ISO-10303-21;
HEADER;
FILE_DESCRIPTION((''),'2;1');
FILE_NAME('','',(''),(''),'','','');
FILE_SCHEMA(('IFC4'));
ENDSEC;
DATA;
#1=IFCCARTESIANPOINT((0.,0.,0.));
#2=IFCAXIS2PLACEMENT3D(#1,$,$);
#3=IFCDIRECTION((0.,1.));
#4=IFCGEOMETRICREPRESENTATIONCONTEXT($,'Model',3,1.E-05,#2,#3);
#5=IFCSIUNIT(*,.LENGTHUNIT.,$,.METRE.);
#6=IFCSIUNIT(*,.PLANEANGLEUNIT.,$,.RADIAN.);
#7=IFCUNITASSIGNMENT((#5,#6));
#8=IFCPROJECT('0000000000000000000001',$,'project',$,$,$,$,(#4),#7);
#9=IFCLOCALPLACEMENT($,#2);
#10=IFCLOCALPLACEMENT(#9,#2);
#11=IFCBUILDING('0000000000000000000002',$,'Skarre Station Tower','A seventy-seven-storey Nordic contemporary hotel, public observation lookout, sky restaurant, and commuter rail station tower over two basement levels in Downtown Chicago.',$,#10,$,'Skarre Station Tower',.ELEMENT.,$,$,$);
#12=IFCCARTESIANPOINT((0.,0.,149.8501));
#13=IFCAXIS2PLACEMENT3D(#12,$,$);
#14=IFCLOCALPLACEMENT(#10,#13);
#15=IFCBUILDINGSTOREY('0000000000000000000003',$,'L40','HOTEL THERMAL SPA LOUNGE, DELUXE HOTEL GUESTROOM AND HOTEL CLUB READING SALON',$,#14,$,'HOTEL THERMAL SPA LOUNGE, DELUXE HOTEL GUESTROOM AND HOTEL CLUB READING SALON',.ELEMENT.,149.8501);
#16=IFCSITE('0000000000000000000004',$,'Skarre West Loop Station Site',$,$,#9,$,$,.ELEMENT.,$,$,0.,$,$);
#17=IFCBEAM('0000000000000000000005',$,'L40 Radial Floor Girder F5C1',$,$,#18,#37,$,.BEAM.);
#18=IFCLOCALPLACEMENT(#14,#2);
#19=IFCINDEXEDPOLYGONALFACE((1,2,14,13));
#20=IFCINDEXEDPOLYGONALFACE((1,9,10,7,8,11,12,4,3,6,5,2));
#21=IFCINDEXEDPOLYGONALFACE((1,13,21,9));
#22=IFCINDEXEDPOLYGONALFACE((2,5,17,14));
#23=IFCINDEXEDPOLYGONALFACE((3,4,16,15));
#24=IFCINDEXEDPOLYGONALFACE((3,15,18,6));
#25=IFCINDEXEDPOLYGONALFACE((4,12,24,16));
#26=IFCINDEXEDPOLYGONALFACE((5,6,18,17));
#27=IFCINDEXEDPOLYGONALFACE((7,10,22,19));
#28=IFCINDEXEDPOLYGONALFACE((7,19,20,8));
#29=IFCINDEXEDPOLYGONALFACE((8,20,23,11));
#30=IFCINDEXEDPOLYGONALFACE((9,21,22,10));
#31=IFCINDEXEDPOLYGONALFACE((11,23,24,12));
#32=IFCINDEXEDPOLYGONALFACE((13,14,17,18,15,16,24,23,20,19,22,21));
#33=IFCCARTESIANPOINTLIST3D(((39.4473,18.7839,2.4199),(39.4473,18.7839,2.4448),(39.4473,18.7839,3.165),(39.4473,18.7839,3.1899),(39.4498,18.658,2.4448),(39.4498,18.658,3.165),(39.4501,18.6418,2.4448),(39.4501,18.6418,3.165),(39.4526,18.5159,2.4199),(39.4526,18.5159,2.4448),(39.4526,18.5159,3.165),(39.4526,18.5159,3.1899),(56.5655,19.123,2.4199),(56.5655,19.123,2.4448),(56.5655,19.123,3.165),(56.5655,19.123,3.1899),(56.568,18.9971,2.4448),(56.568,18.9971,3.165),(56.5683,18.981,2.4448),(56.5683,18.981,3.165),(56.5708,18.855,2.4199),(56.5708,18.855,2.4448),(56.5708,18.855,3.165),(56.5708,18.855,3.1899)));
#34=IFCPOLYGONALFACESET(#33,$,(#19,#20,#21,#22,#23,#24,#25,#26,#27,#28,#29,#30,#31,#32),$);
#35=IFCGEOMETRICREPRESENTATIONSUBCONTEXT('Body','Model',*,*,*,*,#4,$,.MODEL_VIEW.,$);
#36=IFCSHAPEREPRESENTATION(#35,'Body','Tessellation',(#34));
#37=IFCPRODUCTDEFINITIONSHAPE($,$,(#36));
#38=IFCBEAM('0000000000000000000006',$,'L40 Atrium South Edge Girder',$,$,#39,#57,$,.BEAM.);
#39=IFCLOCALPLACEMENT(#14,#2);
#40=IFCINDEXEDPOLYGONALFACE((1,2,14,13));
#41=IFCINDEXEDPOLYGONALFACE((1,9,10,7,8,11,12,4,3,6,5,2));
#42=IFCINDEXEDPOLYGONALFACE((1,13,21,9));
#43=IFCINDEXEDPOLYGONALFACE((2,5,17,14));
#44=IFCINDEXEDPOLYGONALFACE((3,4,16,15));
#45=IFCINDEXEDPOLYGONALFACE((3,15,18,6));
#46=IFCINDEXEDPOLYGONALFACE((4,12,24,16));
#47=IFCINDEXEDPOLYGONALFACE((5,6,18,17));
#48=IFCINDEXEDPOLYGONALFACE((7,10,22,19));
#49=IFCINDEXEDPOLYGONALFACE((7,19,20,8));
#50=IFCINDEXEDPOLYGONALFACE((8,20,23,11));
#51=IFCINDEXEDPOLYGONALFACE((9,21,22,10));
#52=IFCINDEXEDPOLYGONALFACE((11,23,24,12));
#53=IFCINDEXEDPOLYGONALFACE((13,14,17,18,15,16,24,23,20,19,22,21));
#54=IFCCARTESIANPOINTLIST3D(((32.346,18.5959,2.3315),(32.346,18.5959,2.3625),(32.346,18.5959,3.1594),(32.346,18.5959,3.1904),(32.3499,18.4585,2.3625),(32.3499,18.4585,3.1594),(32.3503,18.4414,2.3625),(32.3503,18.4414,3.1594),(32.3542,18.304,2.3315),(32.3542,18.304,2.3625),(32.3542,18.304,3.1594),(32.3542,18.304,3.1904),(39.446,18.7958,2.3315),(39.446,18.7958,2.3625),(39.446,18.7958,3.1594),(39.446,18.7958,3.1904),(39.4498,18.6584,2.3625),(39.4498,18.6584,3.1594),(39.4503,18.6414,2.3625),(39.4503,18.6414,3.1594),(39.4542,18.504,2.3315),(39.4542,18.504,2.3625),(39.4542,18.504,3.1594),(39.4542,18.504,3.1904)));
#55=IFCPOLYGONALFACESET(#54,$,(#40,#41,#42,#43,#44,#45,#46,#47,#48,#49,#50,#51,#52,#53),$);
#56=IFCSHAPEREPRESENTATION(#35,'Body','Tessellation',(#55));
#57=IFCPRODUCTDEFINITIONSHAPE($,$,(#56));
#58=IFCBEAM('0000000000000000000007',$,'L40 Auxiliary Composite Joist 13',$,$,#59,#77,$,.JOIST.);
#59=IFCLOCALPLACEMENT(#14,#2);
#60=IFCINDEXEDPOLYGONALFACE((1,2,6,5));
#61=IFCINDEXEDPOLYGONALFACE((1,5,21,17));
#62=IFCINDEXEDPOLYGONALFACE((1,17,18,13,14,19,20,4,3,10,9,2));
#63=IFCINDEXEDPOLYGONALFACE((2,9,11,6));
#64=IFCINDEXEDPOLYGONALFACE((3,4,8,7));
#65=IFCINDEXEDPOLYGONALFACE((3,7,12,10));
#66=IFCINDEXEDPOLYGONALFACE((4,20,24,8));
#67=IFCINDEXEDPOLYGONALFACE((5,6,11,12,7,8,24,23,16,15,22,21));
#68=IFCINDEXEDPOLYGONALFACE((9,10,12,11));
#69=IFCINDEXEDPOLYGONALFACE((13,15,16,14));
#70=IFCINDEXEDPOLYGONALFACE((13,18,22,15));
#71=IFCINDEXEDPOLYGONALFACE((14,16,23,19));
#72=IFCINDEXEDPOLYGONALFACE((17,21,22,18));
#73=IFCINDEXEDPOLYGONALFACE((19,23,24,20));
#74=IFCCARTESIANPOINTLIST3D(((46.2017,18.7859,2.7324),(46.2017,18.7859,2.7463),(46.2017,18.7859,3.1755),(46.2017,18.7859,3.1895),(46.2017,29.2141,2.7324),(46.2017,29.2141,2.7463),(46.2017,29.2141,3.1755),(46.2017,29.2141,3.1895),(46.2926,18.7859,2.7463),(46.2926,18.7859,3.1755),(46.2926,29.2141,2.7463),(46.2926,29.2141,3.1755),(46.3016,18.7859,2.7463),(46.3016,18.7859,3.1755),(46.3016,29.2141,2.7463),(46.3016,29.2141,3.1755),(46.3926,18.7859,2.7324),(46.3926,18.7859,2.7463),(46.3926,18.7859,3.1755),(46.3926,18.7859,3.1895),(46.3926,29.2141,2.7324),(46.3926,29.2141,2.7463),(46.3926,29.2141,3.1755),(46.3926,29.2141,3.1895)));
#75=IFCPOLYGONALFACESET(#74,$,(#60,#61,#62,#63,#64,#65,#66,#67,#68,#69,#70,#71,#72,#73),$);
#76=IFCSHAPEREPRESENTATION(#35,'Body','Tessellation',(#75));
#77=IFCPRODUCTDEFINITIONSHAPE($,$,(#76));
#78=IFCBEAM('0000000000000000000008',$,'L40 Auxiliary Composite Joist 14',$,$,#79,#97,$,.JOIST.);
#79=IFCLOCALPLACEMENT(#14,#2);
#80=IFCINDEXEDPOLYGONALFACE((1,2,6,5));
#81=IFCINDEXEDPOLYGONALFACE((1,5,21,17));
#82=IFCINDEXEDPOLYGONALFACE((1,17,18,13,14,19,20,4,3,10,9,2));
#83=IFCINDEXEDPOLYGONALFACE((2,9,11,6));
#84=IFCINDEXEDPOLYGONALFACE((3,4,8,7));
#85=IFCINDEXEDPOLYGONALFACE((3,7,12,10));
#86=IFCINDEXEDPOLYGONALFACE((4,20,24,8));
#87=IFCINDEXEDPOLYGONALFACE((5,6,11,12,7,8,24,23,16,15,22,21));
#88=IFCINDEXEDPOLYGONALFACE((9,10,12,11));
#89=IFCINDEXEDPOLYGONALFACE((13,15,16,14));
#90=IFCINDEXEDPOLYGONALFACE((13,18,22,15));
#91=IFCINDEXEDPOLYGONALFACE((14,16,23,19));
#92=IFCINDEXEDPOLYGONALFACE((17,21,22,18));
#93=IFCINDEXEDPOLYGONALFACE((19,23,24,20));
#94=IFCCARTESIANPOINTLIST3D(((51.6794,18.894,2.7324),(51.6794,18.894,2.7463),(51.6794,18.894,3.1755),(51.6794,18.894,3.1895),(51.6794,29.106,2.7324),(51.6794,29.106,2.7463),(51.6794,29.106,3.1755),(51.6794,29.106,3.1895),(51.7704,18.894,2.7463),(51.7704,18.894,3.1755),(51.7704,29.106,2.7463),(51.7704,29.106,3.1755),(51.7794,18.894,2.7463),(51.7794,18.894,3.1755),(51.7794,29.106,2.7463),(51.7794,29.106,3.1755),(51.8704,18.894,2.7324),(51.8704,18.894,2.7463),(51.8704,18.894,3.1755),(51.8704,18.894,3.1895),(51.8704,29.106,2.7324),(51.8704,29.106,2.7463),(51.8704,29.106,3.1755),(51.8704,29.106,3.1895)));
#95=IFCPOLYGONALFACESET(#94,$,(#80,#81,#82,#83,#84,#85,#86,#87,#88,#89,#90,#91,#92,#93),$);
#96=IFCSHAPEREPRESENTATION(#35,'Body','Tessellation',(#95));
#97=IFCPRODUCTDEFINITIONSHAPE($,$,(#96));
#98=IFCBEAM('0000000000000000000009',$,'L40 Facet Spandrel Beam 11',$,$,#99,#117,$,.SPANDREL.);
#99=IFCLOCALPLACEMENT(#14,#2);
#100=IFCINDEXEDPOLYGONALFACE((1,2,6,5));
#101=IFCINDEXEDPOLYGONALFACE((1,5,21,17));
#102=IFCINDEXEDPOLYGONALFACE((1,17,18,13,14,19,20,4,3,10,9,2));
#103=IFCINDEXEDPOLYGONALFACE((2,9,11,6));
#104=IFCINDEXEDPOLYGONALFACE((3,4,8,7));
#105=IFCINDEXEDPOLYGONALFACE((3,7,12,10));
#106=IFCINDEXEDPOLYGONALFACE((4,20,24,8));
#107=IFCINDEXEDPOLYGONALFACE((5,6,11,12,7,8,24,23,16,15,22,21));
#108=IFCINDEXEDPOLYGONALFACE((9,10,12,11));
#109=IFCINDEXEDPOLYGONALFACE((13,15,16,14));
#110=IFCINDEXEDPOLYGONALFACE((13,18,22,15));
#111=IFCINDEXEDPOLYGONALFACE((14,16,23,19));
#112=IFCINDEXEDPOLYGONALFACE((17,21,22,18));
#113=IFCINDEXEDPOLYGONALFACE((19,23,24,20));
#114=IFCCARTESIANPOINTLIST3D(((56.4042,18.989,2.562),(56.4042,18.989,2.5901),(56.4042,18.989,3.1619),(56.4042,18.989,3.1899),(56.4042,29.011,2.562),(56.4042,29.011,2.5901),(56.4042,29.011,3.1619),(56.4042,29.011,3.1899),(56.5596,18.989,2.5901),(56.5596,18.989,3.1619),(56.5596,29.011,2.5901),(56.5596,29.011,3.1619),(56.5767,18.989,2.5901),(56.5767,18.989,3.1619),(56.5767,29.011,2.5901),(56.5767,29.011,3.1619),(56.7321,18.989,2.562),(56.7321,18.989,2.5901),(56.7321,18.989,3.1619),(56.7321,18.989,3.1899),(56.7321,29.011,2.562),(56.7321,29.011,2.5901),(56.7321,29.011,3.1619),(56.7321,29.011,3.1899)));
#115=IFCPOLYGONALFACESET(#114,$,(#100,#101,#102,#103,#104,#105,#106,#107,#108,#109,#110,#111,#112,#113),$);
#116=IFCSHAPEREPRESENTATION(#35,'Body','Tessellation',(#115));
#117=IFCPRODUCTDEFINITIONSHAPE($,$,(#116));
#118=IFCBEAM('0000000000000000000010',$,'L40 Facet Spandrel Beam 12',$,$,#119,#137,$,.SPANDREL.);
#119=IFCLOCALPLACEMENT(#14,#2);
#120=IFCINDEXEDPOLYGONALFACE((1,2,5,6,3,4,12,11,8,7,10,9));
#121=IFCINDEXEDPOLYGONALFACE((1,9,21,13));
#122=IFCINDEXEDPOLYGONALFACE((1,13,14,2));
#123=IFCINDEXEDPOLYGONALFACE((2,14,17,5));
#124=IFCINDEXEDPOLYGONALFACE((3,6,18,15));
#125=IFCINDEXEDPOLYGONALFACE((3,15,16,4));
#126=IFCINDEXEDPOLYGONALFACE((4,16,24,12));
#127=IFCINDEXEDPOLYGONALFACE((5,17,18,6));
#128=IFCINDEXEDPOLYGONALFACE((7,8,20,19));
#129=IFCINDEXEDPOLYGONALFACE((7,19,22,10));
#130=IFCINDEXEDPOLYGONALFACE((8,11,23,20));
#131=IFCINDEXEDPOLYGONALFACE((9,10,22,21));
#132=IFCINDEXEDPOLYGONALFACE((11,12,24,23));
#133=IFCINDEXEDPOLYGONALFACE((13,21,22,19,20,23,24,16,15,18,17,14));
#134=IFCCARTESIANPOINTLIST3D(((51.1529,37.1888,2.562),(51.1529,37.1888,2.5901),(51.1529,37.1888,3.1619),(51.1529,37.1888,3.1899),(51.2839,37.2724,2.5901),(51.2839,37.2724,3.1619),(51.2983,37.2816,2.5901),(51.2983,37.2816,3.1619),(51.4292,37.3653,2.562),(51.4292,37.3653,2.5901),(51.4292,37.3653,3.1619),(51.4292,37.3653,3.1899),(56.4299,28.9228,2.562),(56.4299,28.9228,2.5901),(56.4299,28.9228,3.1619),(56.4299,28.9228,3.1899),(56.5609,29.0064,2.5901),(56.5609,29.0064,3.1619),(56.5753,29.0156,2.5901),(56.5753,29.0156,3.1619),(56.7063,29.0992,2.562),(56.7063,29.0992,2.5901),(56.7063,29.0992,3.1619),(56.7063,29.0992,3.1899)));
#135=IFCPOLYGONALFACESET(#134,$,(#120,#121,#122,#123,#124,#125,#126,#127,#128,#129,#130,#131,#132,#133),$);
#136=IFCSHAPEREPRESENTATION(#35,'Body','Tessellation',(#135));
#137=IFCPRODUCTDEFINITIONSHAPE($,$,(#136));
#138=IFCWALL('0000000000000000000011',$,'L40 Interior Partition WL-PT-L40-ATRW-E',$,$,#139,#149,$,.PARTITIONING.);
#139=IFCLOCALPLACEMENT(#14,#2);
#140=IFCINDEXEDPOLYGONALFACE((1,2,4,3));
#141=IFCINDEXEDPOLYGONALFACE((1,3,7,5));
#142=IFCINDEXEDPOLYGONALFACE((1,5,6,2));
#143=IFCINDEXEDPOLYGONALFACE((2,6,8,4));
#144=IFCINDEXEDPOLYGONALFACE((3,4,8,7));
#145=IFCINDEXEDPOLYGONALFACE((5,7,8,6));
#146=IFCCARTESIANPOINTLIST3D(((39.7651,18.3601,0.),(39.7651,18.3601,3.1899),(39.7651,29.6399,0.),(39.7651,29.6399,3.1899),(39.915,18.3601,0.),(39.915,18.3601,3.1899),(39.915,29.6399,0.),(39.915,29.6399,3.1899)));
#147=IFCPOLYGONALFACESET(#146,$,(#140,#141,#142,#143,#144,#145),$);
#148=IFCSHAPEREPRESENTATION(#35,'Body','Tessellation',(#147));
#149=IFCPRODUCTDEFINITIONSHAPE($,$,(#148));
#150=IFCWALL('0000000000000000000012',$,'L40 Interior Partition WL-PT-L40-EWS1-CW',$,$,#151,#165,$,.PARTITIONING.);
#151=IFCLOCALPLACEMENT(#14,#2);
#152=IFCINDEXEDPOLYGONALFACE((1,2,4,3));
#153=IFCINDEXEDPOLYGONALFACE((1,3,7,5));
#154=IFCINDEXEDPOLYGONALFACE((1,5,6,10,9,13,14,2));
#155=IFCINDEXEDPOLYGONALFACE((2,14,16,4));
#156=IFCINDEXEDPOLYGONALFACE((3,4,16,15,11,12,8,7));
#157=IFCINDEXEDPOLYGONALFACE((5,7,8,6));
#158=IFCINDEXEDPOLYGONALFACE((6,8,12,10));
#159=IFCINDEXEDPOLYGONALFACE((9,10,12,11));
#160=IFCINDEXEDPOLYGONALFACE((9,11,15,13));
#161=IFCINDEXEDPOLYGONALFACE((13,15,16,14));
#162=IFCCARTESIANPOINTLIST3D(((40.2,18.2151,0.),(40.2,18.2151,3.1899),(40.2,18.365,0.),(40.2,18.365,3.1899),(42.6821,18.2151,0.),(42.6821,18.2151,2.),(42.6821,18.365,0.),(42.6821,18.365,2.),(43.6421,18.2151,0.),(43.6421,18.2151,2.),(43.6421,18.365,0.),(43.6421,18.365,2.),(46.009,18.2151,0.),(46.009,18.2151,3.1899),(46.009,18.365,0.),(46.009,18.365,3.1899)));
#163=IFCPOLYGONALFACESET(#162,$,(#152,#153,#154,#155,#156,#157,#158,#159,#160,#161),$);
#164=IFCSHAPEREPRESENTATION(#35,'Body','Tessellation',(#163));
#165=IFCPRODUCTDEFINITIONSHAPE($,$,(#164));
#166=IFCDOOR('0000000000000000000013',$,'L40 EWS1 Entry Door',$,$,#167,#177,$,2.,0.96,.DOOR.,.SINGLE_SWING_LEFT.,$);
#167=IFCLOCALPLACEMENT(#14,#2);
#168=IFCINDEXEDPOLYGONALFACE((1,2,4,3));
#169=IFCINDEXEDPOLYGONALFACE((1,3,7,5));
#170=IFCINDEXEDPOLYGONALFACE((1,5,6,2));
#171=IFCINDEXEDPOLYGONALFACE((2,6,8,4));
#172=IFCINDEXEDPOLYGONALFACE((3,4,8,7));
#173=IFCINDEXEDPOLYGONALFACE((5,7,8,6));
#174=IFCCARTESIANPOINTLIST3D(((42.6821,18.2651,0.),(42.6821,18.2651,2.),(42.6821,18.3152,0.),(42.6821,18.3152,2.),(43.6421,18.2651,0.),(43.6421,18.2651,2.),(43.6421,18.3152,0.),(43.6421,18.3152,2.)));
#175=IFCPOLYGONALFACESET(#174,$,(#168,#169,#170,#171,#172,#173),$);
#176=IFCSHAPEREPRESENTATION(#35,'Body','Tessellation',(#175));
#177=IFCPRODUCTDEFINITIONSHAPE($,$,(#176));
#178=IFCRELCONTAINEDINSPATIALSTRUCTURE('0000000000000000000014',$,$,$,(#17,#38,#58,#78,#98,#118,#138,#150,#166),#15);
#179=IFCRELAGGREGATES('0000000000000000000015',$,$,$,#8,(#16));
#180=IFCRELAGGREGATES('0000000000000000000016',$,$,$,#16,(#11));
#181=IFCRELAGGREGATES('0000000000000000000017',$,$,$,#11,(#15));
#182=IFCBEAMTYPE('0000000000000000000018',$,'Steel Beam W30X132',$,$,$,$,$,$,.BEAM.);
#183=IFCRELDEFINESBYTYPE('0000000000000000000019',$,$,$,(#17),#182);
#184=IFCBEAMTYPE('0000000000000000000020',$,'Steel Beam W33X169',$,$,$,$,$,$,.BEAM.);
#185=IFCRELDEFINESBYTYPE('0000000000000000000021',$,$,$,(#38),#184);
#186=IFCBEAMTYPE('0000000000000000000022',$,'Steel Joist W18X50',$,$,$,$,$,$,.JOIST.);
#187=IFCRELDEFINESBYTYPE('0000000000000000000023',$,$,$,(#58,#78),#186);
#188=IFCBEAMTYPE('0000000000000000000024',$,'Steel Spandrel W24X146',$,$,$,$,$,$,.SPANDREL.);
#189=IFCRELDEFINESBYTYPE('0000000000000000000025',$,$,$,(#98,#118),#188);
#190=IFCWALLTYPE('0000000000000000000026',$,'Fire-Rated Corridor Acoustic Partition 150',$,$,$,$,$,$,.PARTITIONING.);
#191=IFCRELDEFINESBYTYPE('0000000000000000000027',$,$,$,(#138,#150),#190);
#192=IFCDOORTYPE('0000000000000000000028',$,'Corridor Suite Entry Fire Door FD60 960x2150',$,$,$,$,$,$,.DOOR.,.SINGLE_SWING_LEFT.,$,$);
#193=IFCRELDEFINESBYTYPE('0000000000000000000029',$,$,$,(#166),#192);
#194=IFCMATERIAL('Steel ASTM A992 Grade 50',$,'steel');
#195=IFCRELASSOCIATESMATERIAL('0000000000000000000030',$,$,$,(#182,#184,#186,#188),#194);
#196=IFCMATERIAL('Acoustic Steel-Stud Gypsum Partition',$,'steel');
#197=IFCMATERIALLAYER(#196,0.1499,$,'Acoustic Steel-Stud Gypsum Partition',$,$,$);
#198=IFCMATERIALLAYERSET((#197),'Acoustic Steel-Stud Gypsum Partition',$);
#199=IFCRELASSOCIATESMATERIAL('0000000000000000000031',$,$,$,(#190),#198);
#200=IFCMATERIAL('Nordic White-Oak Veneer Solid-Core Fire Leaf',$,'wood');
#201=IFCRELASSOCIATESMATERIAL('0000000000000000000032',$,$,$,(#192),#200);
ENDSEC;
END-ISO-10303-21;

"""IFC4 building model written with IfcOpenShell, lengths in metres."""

from ifc_helpers import new_model, si_unit, direction, frame, frame_2d, origin, origin_2d, place, context, subcontext, project, spatial, rectangle, i_section, extrude, material, layer, layer_set, material_profile, profile_set, type_object, element, fill, save


model = new_model("IFC4")

# Units and contexts
model_context = context("Model", 3, precision=1e-05, world=origin(), true_north=direction((0.0, 1.0)))
body_context = subcontext(model_context, "Body", "Model", "MODEL_VIEW")
ifc_project = project(units=[si_unit("LENGTHUNIT", "METRE"), si_unit("PLANEANGLEUNIT", "RADIAN")], contexts=[model_context])

# Site, building, storey
site_placement = place(None, origin())
site = spatial("IfcSite", under=ifc_project, at=site_placement, Name="Skarre West Loop Station Site", CompositionType="ELEMENT", RefElevation=0.0)
building_placement = place(site_placement, origin())
building = spatial("IfcBuilding", under=site, at=building_placement, Name="Skarre Station Tower", Description="A seventy-seven-storey Nordic contemporary hotel, public observation lookout, sky restaurant, and commuter rail station tower over two basement levels in Downtown Chicago.", LongName="Skarre Station Tower", CompositionType="ELEMENT")
storey_placement = place(building_placement, frame((0.0, 0.0, 149.8501)))
storey = spatial("IfcBuildingStorey", under=building, at=storey_placement, Name="L40", Description="HOTEL THERMAL SPA LOUNGE, DELUXE HOTEL GUESTROOM AND HOTEL CLUB READING SALON", LongName="HOTEL THERMAL SPA LOUNGE, DELUXE HOTEL GUESTROOM AND HOTEL CLUB READING SALON", CompositionType="ELEMENT", Elevation=149.8501)

# Beams
ifc_material_1 = material(Name="Steel ASTM A992 Grade 50", Category="steel")
ifc_material_profile_1 = material_profile(ifc_material_1, i_section(OverallWidth=0.2681, OverallDepth=0.77, WebThickness=0.0161, FlangeThickness=0.0249, at=origin_2d()), Name="Steel ASTM A992 Grade 50")
ifc_profile_set_1 = profile_set([ifc_material_profile_1], Name="Steel ASTM A992 Grade 50")
beam_type_1 = type_object("IfcBeamType", Name="Steel Beam W30X132", PredefinedType="BEAM", material=ifc_profile_set_1)
beam_1_placement = place(storey_placement, frame((39.45, 18.6499, 2.8049), z_axis=(0.999804, 0.019806, 0.0), x_axis=(-0.019806, 0.999804, 0.0)))
element("IfcBeam", 1, at=beam_1_placement, inside=storey, type_object=beam_type_1, Name="L40 Radial Floor Girder F5C1", PredefinedType="BEAM", context=body_context, shape_type="SweptSolid", body=[
    extrude(i_section(OverallWidth=0.2681, OverallDepth=0.77, WebThickness=0.0161, FlangeThickness=0.0249, at=origin_2d()), origin(), (0.0, 0.0, 1.0), 17.1216),
])
ifc_material_profile_2 = material_profile(ifc_material_1, i_section(OverallWidth=0.292, OverallDepth=0.8589, WebThickness=0.0171, FlangeThickness=0.031, at=origin_2d()), Name="Steel ASTM A992 Grade 50")
ifc_profile_set_2 = profile_set([ifc_material_profile_2], Name="Steel ASTM A992 Grade 50")
beam_type_2 = type_object("IfcBeamType", Name="Steel Beam W33X169", PredefinedType="BEAM", material=ifc_profile_set_2)
beam_2_placement = place(storey_placement, frame((32.3501, 18.45, 2.761), z_axis=(0.999604, 0.028152, 0.0), x_axis=(-0.028152, 0.999604, 0.0)))
element("IfcBeam", 2, at=beam_2_placement, inside=storey, type_object=beam_type_2, Name="L40 Atrium South Edge Girder", PredefinedType="BEAM", context=body_context, shape_type="SweptSolid", body=[
    extrude(i_section(OverallWidth=0.292, OverallDepth=0.8589, WebThickness=0.0171, FlangeThickness=0.031, at=origin_2d()), origin(), (0.0, 0.0, 1.0), 7.1028),
])
ifc_material_profile_3 = material_profile(ifc_material_1, i_section(OverallWidth=0.1909, OverallDepth=0.457, WebThickness=0.009, FlangeThickness=0.0139, at=origin_2d()), Name="Steel ASTM A992 Grade 50")
ifc_profile_set_3 = profile_set([ifc_material_profile_3], Name="Steel ASTM A992 Grade 50")
beam_type_3 = type_object("IfcBeamType", Name="Steel Joist W18X50", PredefinedType="JOIST", material=ifc_profile_set_3)
beam_3_placement = place(storey_placement, frame((46.2971, 18.7859, 2.9609), z_axis=(0.0, 1.0, 0.0), x_axis=(-1.0, 0.0, 0.0)))
element("IfcBeam", 3, at=beam_3_placement, inside=storey, type_object=beam_type_3, Name="L40 Auxiliary Composite Joist 13", PredefinedType="JOIST", context=body_context, shape_type="SweptSolid", body=[
    extrude(i_section(OverallWidth=0.1909, OverallDepth=0.457, WebThickness=0.009, FlangeThickness=0.0139, at=origin_2d()), origin(), (0.0, 0.0, 1.0), 10.4282),
])
beam_4_placement = place(storey_placement, frame((51.7749, 18.894, 2.9609), z_axis=(0.0, 1.0, 0.0), x_axis=(-1.0, 0.0, 0.0)))
element("IfcBeam", 4, at=beam_4_placement, inside=storey, type_object=beam_type_3, Name="L40 Auxiliary Composite Joist 14", PredefinedType="JOIST", context=body_context, shape_type="SweptSolid", body=[
    extrude(i_section(OverallWidth=0.1909, OverallDepth=0.457, WebThickness=0.009, FlangeThickness=0.0139, at=origin_2d()), origin(), (0.0, 0.0, 1.0), 10.2119),
])
ifc_material_profile_4 = material_profile(ifc_material_1, i_section(OverallWidth=0.3279, OverallDepth=0.6279, WebThickness=0.0171, FlangeThickness=0.0281, at=origin_2d()), Name="Steel ASTM A992 Grade 50")
ifc_profile_set_4 = profile_set([ifc_material_profile_4], Name="Steel ASTM A992 Grade 50")
beam_type_4 = type_object("IfcBeamType", Name="Steel Spandrel W24X146", PredefinedType="SPANDREL", material=ifc_profile_set_4)
beam_5_placement = place(storey_placement, frame((56.5681, 18.989, 2.876), z_axis=(0.0, 1.0, 0.0), x_axis=(-1.0, 0.0, 0.0)))
element("IfcBeam", 5, at=beam_5_placement, inside=storey, type_object=beam_type_4, Name="L40 Facet Spandrel Beam 11", PredefinedType="SPANDREL", context=body_context, shape_type="SweptSolid", body=[
    extrude(i_section(OverallWidth=0.3279, OverallDepth=0.6279, WebThickness=0.0171, FlangeThickness=0.0281, at=origin_2d()), origin(), (0.0, 0.0, 1.0), 10.022),
])
beam_6_placement = place(storey_placement, frame((56.5681, 29.011, 2.876), z_axis=(-0.538098, 0.842883, 0.0), x_axis=(-0.842883, -0.538098, 0.0)))
element("IfcBeam", 6, at=beam_6_placement, inside=storey, type_object=beam_type_4, Name="L40 Facet Spandrel Beam 12", PredefinedType="SPANDREL", context=body_context, shape_type="SweptSolid", body=[
    extrude(i_section(OverallWidth=0.3279, OverallDepth=0.6279, WebThickness=0.0171, FlangeThickness=0.0281, at=origin_2d()), origin(), (0.0, 0.0, 1.0), 9.8069),
])

# Wall
ifc_material_2 = material(Name="Acoustic Steel-Stud Gypsum Partition", Category="steel")
ifc_layer_1 = layer(ifc_material_2, 0.1499, Name="Acoustic Steel-Stud Gypsum Partition")
ifc_layer_set_1 = layer_set([ifc_layer_1], Name="Acoustic Steel-Stud Gypsum Partition")
wall_type_1 = type_object("IfcWallType", Name="Fire-Rated Corridor Acoustic Partition 150", PredefinedType="PARTITIONING", material=ifc_layer_set_1)
wall_1_placement = place(storey_placement, frame((39.8401, 18.3601, 0.0), z_axis=(0.0, 0.0, 1.0), x_axis=(0.0, 1.0, 0.0)))
element("IfcWall", 7, at=wall_1_placement, inside=storey, type_object=wall_type_1, Name="L40 Interior Partition WL-PT-L40-ATRW-E", PredefinedType="PARTITIONING", context=body_context, shape_type="SweptSolid", body=[
    extrude(rectangle(XDim=11.2798, YDim=0.1499, at=frame_2d((5.6399, 0.0))), origin(), (0.0, 0.0, 1.0), 3.1899),
])

# Wall, opening, door
wall_2_placement = place(storey_placement, frame((46.009, 18.29, 0.0), z_axis=(0.0, 0.0, 1.0), x_axis=(-1.0, 0.0, 0.0)))
wall_2 = element("IfcWall", 8, at=wall_2_placement, inside=storey, type_object=wall_type_1, Name="L40 Interior Partition WL-PT-L40-EWS1-CW", PredefinedType="PARTITIONING", context=body_context, shape_type="SweptSolid", body=[
    extrude(rectangle(XDim=5.8091, YDim=0.1499, at=frame_2d((2.9045, 0.0))), origin(), (0.0, 0.0, 1.0), 3.1899),
])
opening_1_placement = place(wall_2_placement, frame((2.3669, 0.0, 0.0)))
opening_1 = element("IfcOpeningElement", 9, at=opening_1_placement, cuts=wall_2, PredefinedType="OPENING", context=body_context, shape_type="SweptSolid", body=[
    extrude(rectangle(XDim=0.96, YDim=2.0, at=frame_2d((0.48, 1.0))), frame((0.0, 0.085, 0.0), z_axis=(0.0, -1.0, 0.0), x_axis=(1.0, 0.0, 0.0)), (0.0, 0.0, 1.0), 0.1699),
])
ifc_material_3 = material(Name="Nordic White-Oak Veneer Solid-Core Fire Leaf", Category="wood")
door_type_1 = type_object("IfcDoorType", Name="Corridor Suite Entry Fire Door FD60 960x2150", OperationType="SINGLE_SWING_LEFT", PredefinedType="DOOR", material=ifc_material_3)
door_1_placement = place(opening_1_placement, origin())
door_1 = element("IfcDoor", 10, at=door_1_placement, inside=storey, type_object=door_type_1, Name="L40 EWS1 Entry Door", OperationType="SINGLE_SWING_LEFT", OverallHeight=2.0, OverallWidth=0.96, PredefinedType="DOOR", context=body_context, shape_type="SweptSolid", body=[
    extrude(rectangle(XDim=0.96, YDim=2.0, at=frame_2d((0.48, 1.0))), frame((0.0, 0.0249, 0.0), z_axis=(0.0, -1.0, 0.0), x_axis=(1.0, 0.0, 0.0)), (0.0, 0.0, 1.0), 0.05),
])
fill(opening_1, door_1)

save(model, "model.ifc")
